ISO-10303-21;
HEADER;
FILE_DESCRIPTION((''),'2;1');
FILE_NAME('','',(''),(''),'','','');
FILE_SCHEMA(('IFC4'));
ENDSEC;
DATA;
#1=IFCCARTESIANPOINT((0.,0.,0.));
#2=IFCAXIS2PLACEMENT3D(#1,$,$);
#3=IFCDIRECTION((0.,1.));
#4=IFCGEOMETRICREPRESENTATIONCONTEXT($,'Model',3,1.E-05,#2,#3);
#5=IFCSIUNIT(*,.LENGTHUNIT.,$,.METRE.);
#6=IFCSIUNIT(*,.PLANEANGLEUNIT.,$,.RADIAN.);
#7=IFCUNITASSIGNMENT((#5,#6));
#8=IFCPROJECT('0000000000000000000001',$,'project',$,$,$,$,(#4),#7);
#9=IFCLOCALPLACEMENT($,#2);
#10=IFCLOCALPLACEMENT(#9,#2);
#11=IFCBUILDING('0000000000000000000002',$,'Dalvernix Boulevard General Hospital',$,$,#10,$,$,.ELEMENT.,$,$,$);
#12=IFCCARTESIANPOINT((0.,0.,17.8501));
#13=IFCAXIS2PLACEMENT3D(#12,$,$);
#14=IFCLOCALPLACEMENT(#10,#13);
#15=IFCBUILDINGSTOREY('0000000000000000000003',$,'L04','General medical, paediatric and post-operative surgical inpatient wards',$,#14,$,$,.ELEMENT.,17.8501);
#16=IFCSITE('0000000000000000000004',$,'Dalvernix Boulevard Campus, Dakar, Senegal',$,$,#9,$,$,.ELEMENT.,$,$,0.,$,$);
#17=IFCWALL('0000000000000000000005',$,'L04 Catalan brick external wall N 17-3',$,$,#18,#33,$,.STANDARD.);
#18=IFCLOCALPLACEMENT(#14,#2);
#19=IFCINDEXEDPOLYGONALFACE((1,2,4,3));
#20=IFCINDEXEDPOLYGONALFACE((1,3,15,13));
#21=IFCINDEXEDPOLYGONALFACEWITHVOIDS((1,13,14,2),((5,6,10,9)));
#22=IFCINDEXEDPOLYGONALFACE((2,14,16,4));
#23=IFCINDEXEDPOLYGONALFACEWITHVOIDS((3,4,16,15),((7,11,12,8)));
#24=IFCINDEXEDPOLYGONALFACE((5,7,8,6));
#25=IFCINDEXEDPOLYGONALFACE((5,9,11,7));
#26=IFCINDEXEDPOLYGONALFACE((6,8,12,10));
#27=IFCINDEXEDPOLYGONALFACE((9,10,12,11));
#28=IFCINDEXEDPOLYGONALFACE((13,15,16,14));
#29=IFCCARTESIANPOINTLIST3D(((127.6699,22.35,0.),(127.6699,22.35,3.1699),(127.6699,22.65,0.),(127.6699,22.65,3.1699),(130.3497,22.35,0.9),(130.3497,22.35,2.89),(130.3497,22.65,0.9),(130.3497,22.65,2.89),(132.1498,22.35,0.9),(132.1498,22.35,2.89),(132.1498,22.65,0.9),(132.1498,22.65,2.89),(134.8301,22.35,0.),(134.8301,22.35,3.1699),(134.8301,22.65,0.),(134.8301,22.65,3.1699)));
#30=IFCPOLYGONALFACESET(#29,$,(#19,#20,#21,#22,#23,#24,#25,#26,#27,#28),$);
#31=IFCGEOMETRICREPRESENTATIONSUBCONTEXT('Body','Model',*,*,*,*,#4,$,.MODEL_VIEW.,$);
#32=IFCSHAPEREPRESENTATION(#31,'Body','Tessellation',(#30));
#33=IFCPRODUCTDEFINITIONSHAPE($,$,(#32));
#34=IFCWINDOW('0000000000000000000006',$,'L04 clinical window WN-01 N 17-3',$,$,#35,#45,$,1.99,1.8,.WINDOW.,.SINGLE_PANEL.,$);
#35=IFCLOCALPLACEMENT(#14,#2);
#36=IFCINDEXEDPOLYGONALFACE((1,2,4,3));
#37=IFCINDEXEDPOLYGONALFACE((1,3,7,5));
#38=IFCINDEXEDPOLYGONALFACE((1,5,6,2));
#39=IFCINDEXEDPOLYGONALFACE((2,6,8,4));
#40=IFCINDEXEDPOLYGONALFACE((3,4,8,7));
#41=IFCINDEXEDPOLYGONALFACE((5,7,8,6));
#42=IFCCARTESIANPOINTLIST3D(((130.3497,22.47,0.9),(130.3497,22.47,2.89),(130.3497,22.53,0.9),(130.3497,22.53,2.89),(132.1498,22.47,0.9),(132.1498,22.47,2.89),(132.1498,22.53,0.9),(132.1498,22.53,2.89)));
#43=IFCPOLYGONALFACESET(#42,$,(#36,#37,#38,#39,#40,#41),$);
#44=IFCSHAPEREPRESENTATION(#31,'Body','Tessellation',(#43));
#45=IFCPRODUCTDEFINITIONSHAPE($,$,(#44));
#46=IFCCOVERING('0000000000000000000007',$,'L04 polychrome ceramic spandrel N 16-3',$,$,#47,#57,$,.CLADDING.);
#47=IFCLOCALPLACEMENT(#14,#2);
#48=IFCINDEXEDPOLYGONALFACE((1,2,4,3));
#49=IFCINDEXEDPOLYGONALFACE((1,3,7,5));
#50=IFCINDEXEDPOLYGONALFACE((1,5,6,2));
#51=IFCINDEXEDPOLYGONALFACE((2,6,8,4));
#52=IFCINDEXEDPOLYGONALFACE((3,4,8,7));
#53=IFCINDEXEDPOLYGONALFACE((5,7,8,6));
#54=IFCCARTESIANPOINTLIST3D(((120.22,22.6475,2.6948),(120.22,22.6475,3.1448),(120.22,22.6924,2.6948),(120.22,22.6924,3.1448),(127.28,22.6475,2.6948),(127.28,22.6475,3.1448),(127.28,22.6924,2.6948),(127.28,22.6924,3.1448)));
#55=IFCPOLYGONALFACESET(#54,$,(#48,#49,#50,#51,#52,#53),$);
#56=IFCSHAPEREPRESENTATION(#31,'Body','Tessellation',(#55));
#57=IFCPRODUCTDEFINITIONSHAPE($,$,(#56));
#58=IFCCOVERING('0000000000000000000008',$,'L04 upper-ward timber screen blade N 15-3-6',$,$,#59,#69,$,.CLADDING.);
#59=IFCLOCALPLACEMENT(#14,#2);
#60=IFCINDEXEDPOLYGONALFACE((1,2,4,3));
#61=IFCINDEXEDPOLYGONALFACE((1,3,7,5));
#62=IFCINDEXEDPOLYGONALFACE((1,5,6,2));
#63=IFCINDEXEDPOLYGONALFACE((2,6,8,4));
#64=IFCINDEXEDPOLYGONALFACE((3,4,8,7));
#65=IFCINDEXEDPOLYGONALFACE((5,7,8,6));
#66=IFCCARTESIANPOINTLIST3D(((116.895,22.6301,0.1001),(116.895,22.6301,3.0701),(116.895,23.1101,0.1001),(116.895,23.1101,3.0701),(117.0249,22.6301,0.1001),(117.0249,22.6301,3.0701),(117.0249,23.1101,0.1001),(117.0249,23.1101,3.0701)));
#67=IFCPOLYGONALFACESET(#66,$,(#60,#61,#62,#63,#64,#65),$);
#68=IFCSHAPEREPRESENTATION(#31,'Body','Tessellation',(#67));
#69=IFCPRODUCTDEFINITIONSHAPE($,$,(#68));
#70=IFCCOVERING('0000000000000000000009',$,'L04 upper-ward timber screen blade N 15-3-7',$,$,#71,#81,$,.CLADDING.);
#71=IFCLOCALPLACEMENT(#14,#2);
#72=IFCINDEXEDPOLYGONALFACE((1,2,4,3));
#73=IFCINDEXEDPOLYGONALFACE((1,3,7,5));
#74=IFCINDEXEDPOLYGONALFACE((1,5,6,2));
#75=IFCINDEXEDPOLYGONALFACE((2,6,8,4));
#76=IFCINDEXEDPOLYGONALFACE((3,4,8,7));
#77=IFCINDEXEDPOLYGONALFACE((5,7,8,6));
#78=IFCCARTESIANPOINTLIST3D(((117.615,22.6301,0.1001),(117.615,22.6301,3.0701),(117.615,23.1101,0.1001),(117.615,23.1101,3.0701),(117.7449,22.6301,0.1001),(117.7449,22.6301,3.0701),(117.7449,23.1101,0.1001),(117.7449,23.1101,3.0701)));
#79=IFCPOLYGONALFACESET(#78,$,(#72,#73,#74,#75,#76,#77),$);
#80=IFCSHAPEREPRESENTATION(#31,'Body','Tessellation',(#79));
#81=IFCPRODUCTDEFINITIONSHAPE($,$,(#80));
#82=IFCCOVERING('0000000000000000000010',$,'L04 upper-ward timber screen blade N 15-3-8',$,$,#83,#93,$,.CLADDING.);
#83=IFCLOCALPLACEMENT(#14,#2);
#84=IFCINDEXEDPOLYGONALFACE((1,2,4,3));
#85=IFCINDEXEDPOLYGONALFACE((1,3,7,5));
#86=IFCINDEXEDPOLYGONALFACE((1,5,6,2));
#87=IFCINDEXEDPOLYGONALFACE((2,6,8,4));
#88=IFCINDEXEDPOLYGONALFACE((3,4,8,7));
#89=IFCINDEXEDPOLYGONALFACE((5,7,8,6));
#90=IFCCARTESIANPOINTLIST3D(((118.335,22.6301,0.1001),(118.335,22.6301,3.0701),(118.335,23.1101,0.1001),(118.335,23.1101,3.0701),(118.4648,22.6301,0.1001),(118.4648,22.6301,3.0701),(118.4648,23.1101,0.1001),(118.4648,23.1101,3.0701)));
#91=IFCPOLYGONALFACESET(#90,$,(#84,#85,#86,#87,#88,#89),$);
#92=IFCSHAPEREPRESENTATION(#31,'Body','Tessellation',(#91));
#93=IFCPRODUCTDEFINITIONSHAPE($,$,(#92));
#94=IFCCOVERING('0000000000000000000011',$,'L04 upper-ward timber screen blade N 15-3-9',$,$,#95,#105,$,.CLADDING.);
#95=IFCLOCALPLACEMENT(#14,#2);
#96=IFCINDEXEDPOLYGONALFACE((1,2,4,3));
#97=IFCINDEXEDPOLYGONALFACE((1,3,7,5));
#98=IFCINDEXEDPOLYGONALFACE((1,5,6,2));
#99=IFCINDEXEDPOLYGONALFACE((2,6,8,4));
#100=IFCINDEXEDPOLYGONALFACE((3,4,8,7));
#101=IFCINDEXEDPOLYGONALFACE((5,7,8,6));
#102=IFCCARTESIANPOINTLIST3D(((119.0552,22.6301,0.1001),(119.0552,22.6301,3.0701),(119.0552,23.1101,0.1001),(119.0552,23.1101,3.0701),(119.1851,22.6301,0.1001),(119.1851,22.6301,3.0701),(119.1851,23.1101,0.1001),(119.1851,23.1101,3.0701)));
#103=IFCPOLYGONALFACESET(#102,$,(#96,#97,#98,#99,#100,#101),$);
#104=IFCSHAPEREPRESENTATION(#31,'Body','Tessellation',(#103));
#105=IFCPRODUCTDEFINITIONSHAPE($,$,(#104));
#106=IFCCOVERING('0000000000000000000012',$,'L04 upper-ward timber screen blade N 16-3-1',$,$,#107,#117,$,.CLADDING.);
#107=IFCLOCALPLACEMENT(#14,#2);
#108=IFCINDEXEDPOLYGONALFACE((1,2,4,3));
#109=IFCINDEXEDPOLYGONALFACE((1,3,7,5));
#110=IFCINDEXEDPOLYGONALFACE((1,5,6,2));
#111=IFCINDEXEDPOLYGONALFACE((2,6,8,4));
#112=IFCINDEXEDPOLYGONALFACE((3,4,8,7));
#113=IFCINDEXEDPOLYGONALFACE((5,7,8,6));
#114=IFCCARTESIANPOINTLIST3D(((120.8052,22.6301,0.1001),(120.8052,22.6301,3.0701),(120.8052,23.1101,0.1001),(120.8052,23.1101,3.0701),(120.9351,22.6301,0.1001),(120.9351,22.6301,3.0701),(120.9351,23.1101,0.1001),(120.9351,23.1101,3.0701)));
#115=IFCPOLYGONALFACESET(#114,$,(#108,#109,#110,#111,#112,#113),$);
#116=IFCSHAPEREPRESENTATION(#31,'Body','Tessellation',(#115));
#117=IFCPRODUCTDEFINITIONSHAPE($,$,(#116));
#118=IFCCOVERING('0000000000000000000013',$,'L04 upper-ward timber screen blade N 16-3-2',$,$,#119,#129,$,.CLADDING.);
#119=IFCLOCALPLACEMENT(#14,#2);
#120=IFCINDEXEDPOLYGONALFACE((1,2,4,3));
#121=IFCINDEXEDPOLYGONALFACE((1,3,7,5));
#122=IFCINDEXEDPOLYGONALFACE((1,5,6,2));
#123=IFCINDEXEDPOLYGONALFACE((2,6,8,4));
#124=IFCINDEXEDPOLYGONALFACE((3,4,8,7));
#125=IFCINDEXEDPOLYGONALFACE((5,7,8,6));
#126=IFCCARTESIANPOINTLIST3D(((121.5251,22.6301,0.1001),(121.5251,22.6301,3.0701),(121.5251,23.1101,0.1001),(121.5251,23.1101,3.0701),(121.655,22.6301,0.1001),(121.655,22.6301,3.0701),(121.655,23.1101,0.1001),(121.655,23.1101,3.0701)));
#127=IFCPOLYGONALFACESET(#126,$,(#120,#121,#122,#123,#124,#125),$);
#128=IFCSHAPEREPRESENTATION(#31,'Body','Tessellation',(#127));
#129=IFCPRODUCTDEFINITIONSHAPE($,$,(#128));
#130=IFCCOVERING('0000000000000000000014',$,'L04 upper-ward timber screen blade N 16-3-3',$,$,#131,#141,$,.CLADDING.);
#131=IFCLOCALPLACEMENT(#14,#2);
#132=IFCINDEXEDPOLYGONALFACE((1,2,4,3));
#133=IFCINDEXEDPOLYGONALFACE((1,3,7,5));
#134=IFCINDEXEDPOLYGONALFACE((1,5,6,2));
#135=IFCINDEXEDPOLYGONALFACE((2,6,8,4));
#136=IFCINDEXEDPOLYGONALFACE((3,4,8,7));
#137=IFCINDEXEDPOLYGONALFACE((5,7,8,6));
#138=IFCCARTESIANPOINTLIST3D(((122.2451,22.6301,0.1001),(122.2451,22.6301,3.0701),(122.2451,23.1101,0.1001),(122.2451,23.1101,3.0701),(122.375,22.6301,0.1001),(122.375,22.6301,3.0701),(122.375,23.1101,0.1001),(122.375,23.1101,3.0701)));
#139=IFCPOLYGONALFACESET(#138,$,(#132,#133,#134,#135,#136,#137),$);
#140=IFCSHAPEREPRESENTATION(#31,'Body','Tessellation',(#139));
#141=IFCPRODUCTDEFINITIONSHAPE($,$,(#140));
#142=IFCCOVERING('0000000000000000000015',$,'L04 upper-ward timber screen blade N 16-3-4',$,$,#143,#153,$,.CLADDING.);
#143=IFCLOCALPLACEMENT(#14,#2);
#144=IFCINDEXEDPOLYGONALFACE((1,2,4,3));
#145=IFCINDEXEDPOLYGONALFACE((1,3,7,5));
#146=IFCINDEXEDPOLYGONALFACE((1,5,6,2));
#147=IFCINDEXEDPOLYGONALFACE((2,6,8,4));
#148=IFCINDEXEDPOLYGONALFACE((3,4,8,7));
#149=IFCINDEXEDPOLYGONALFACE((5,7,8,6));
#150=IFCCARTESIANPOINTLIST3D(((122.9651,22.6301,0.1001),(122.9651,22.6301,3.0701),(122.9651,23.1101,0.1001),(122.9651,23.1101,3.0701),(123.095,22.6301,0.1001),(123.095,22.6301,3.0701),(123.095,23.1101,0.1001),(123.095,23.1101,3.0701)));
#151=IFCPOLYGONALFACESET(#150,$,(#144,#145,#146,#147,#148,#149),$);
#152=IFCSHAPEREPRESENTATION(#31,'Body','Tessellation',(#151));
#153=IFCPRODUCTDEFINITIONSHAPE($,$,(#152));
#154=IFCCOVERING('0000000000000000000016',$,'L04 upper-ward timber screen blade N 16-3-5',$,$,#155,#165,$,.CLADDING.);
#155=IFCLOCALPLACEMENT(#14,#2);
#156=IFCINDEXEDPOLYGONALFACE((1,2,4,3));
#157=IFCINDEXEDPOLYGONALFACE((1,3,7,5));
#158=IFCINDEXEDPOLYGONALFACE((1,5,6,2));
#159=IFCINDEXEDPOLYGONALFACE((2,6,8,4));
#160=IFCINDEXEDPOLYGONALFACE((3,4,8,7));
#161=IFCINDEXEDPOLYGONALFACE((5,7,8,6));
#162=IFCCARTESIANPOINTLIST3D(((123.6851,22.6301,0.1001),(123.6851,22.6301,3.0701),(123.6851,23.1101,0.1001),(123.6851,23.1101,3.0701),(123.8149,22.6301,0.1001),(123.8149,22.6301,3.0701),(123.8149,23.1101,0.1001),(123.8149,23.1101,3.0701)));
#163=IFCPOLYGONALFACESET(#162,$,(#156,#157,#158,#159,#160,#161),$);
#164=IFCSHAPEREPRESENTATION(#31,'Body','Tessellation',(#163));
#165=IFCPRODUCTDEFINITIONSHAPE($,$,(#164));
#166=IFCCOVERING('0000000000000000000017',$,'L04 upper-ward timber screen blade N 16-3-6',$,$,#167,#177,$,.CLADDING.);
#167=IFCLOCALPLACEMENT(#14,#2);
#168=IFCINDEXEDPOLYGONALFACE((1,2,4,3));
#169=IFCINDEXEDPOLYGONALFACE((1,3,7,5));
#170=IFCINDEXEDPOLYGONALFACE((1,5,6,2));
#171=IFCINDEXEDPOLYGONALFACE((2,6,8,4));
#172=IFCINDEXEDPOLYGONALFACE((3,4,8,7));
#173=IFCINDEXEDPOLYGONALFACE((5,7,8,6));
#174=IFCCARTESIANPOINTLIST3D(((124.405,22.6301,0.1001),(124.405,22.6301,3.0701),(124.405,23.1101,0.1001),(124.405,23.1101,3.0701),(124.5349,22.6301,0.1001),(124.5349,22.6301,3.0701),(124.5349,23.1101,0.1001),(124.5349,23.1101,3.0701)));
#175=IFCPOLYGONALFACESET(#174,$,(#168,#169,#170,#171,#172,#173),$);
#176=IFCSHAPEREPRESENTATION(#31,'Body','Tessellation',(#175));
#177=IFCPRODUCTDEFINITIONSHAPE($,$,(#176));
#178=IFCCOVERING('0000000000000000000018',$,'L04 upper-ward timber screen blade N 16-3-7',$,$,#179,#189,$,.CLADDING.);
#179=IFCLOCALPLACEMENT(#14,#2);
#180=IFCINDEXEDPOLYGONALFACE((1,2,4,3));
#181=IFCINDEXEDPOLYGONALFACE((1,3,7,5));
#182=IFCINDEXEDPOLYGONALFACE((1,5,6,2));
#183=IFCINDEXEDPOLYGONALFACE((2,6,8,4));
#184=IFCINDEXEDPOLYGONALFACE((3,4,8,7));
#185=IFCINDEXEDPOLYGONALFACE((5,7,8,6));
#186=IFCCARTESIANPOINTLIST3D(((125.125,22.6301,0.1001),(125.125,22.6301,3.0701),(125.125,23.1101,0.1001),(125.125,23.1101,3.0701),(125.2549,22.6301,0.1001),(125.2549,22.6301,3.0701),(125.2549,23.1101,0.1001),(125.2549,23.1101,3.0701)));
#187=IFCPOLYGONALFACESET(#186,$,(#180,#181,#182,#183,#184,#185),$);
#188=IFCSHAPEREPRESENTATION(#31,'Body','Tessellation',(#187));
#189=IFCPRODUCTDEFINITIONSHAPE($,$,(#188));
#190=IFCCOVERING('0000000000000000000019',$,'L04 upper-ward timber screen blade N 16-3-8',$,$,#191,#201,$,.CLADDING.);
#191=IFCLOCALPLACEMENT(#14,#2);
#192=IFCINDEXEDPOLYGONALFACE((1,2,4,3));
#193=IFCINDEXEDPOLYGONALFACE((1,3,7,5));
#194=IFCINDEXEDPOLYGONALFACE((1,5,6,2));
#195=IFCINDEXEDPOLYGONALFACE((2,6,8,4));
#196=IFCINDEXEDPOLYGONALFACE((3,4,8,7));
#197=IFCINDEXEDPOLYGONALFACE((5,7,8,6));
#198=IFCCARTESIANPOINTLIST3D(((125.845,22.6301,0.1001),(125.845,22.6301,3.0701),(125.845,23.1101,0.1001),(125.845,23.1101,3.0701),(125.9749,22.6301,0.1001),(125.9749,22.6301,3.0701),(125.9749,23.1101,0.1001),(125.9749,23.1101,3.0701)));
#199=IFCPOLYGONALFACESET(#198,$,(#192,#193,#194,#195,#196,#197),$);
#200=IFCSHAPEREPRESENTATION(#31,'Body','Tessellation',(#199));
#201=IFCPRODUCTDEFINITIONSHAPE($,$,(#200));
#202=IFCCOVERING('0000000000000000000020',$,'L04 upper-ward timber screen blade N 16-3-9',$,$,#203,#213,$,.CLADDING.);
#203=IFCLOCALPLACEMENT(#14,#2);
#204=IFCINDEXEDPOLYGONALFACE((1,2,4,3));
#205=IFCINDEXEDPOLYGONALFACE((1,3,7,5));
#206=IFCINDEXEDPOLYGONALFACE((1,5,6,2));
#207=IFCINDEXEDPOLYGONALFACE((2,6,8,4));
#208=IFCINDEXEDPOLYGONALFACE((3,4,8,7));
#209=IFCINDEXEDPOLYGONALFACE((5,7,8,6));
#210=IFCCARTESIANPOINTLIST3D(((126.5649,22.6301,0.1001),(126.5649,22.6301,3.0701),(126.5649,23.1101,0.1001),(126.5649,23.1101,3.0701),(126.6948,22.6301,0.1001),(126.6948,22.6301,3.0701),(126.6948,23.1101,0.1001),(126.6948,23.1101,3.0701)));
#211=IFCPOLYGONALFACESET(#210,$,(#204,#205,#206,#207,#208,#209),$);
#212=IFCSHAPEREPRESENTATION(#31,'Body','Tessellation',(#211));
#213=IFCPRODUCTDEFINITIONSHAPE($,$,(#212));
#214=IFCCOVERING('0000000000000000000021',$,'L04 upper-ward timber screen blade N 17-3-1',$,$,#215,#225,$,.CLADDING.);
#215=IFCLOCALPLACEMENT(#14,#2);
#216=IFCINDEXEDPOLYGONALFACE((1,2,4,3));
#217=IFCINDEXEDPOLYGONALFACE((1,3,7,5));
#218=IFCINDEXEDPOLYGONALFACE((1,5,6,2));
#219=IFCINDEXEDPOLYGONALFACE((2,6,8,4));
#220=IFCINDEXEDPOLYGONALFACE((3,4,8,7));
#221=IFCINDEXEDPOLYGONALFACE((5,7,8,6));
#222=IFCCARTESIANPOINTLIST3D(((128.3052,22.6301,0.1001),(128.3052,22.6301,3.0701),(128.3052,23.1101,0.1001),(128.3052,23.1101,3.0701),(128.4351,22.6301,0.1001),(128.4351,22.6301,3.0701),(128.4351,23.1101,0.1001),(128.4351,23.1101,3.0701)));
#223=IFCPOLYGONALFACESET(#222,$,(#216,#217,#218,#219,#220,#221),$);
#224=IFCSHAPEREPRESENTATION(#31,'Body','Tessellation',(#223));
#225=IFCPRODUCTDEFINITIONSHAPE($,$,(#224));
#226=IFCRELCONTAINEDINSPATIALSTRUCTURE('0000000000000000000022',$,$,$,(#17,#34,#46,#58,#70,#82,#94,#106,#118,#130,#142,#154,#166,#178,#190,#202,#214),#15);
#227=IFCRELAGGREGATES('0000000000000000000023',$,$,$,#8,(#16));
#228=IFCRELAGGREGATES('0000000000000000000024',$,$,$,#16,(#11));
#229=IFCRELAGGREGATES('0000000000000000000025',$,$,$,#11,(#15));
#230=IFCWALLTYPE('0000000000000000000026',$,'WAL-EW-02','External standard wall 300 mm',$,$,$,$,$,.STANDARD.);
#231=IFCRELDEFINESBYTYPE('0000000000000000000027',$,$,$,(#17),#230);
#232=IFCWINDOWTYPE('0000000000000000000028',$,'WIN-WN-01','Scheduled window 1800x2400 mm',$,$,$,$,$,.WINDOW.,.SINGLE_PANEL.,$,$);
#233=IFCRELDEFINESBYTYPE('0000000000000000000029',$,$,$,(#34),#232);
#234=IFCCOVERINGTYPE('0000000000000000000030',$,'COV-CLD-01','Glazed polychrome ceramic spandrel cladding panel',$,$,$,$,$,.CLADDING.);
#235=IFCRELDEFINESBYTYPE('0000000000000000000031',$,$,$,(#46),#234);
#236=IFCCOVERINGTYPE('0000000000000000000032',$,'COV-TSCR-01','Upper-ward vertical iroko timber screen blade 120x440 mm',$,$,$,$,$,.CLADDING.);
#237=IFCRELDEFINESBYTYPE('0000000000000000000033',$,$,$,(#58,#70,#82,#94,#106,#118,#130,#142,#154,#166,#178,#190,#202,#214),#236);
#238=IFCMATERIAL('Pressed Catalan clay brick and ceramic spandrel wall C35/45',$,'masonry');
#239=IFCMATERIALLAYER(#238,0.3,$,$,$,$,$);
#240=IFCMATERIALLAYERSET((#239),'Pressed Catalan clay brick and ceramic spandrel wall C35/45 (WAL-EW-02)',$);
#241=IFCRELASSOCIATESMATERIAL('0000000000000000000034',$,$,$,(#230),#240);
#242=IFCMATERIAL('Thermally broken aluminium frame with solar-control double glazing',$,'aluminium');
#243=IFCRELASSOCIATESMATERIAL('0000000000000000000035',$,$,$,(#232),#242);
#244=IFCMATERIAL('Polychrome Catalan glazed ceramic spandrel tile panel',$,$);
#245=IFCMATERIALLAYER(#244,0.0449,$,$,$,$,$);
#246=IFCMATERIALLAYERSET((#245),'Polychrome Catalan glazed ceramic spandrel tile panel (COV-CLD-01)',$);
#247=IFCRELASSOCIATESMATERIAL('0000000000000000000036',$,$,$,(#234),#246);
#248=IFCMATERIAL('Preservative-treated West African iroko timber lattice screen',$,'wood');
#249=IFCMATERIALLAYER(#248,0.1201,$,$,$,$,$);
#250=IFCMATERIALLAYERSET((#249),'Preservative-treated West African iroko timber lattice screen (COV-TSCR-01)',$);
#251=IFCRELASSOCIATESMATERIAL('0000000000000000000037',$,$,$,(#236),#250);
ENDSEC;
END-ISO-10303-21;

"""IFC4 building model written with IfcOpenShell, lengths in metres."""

from ifc_helpers import new_model, si_unit, direction, frame, frame_2d, origin, origin_2d, place, context, subcontext, project, spatial, rectangle, extrude, material, layer, layer_set, type_object, element, fill, save


model = new_model("IFC4")

# Units and contexts
model_context = context("Model", 3, precision=1e-05, world=origin(), true_north=direction((0.0, 1.0)))
body_context = subcontext(model_context, "Body", "Model", "MODEL_VIEW")
ifc_project = project(units=[si_unit("LENGTHUNIT", "METRE"), si_unit("PLANEANGLEUNIT", "RADIAN")], contexts=[model_context])

# Site, building, storey
site_placement = place(None, origin())
site = spatial("IfcSite", under=ifc_project, at=site_placement, Name="Dalvernix Boulevard Campus, Dakar, Senegal", CompositionType="ELEMENT", RefElevation=0.0)
building_placement = place(site_placement, origin())
building = spatial("IfcBuilding", under=site, at=building_placement, Name="Dalvernix Boulevard General Hospital", CompositionType="ELEMENT")
storey_placement = place(building_placement, frame((0.0, 0.0, 17.8501)))
storey = spatial("IfcBuildingStorey", under=building, at=storey_placement, Name="L04", Description="General medical, paediatric and post-operative surgical inpatient wards", CompositionType="ELEMENT", Elevation=17.8501)

# Wall, opening, window
ifc_material_1 = material(Name="Pressed Catalan clay brick and ceramic spandrel wall C35/45", Category="masonry")
ifc_layer_1 = layer(ifc_material_1, 0.3)
ifc_layer_set_1 = layer_set([ifc_layer_1], Name="Pressed Catalan clay brick and ceramic spandrel wall C35/45 (WAL-EW-02)")
wall_type = type_object("IfcWallType", Name="WAL-EW-02", Description="External standard wall 300 mm", PredefinedType="STANDARD", material=ifc_layer_set_1)
wall_placement = place(storey_placement, frame((127.6699, 22.5, 0.0), z_axis=(0.0, 0.0, 1.0), x_axis=(1.0, 0.0, 0.0)))
wall = element("IfcWall", 1, at=wall_placement, inside=storey, type_object=wall_type, Name="L04 Catalan brick external wall N 17-3", PredefinedType="STANDARD", context=body_context, shape_type="SweptSolid", body=[
    extrude(rectangle(XDim=7.1602, YDim=0.3, at=frame_2d((3.5801, 0.0))), origin(), (0.0, 0.0, 1.0), 3.1699),
])
opening_placement = place(wall_placement, frame((2.6799, 0.0, 0.8999)))
opening = element("IfcOpeningElement", 2, at=opening_placement, cuts=wall, PredefinedType="OPENING", context=body_context, shape_type="SweptSolid", body=[
    extrude(rectangle(XDim=1.8, YDim=1.99, at=frame_2d((0.8999, 0.9951))), frame((0.0, 0.1599, 0.0), z_axis=(0.0, -1.0, 0.0), x_axis=(1.0, 0.0, 0.0)), (0.0, 0.0, 1.0), 0.3201),
])
ifc_material_2 = material(Name="Thermally broken aluminium frame with solar-control double glazing", Category="aluminium")
window_type = type_object("IfcWindowType", Name="WIN-WN-01", Description="Scheduled window 1800x2400 mm", PartitioningType="SINGLE_PANEL", PredefinedType="WINDOW", material=ifc_material_2)
window_placement = place(opening_placement, origin())
window = element("IfcWindow", 3, at=window_placement, inside=storey, type_object=window_type, Name="L04 clinical window WN-01 N 17-3", OverallHeight=1.99, OverallWidth=1.8, PartitioningType="SINGLE_PANEL", PredefinedType="WINDOW", context=body_context, shape_type="SweptSolid", body=[
    extrude(rectangle(XDim=1.8, YDim=1.99, at=frame_2d((0.8999, 0.9951))), frame((0.0, 0.03, 0.0), z_axis=(0.0, -1.0, 0.0), x_axis=(1.0, 0.0, 0.0)), (0.0, 0.0, 1.0), 0.0601),
])
fill(opening, window)

# Coverings
ifc_material_3 = material(Name="Polychrome Catalan glazed ceramic spandrel tile panel")
ifc_layer_2 = layer(ifc_material_3, 0.0449)
ifc_layer_set_2 = layer_set([ifc_layer_2], Name="Polychrome Catalan glazed ceramic spandrel tile panel (COV-CLD-01)")
covering_type_1 = type_object("IfcCoveringType", Name="COV-CLD-01", Description="Glazed polychrome ceramic spandrel cladding panel", PredefinedType="CLADDING", material=ifc_layer_set_2)
covering_placement = place(storey_placement, frame((123.75, 22.6699, 2.6948), z_axis=(0.0, 0.0, 1.0), x_axis=(1.0, 0.0, 0.0)))
element("IfcCovering", 4, at=covering_placement, inside=storey, type_object=covering_type_1, Name="L04 polychrome ceramic spandrel N 16-3", PredefinedType="CLADDING", context=body_context, shape_type="SweptSolid", body=[
    extrude(rectangle(XDim=7.0601, YDim=0.0449, at=origin_2d()), origin(), (0.0, 0.0, 1.0), 0.45),
])
ifc_material_4 = material(Name="Preservative-treated West African iroko timber lattice screen", Category="wood")
ifc_layer_3 = layer(ifc_material_4, 0.1201)
ifc_layer_set_3 = layer_set([ifc_layer_3], Name="Preservative-treated West African iroko timber lattice screen (COV-TSCR-01)")
covering_type_2 = type_object("IfcCoveringType", Name="COV-TSCR-01", Description="Upper-ward vertical iroko timber screen blade 120x440 mm", PredefinedType="CLADDING", material=ifc_layer_set_3)
for number, where, z_axis, x_axis, name in (
    (5, (116.96, 22.8701, 0.1001), (0.0, 0.0, 1.0), (1.0, 0.0, 0.0), "L04 upper-ward timber screen blade N 15-3-6"),
    (6, (117.6799, 22.8701, 0.1001), (0.0, 0.0, 1.0), (1.0, 0.0, 0.0), "L04 upper-ward timber screen blade N 15-3-7"),
    (7, (118.3999, 22.8701, 0.1001), (0.0, 0.0, 1.0), (1.0, 0.0, 0.0), "L04 upper-ward timber screen blade N 15-3-8"),
    (8, (119.1201, 22.8701, 0.1001), (0.0, 0.0, 1.0), (1.0, 0.0, 0.0), "L04 upper-ward timber screen blade N 15-3-9"),
    (9, (120.8701, 22.8701, 0.1001), (0.0, 0.0, 1.0), (1.0, 0.0, 0.0), "L04 upper-ward timber screen blade N 16-3-1"),
    (10, (121.5901, 22.8701, 0.1001), (0.0, 0.0, 1.0), (1.0, 0.0, 0.0), "L04 upper-ward timber screen blade N 16-3-2"),
    (11, (122.3101, 22.8701, 0.1001), (0.0, 0.0, 1.0), (1.0, 0.0, 0.0), "L04 upper-ward timber screen blade N 16-3-3"),
    (12, (123.03, 22.8701, 0.1001), (0.0, 0.0, 1.0), (1.0, 0.0, 0.0), "L04 upper-ward timber screen blade N 16-3-4"),
    (13, (123.75, 22.8701, 0.1001), (0.0, 0.0, 1.0), (1.0, 0.0, 0.0), "L04 upper-ward timber screen blade N 16-3-5"),
    (14, (124.47, 22.8701, 0.1001), (0.0, 0.0, 1.0), (1.0, 0.0, 0.0), "L04 upper-ward timber screen blade N 16-3-6"),
    (15, (125.1899, 22.8701, 0.1001), (0.0, 0.0, 1.0), (1.0, 0.0, 0.0), "L04 upper-ward timber screen blade N 16-3-7"),
    (16, (125.9099, 22.8701, 0.1001), (0.0, 0.0, 1.0), (1.0, 0.0, 0.0), "L04 upper-ward timber screen blade N 16-3-8"),
    (17, (126.6299, 22.8701, 0.1001), (0.0, 0.0, 1.0), (1.0, 0.0, 0.0), "L04 upper-ward timber screen blade N 16-3-9"),
    (18, (128.3701, 22.8701, 0.1001), (0.0, 0.0, 1.0), (1.0, 0.0, 0.0), "L04 upper-ward timber screen blade N 17-3-1"),
):
    element("IfcCovering", number, at=place(storey_placement, frame(where, z_axis=z_axis, x_axis=x_axis)), inside=storey, type_object=covering_type_2, Name=name, PredefinedType="CLADDING", context=body_context, shape_type="SweptSolid", body=[
        extrude(rectangle(XDim=0.1299, YDim=0.48, at=origin_2d()), origin(), (0.0, 0.0, 1.0), 2.97),
    ])

save(model, "model.ifc")
